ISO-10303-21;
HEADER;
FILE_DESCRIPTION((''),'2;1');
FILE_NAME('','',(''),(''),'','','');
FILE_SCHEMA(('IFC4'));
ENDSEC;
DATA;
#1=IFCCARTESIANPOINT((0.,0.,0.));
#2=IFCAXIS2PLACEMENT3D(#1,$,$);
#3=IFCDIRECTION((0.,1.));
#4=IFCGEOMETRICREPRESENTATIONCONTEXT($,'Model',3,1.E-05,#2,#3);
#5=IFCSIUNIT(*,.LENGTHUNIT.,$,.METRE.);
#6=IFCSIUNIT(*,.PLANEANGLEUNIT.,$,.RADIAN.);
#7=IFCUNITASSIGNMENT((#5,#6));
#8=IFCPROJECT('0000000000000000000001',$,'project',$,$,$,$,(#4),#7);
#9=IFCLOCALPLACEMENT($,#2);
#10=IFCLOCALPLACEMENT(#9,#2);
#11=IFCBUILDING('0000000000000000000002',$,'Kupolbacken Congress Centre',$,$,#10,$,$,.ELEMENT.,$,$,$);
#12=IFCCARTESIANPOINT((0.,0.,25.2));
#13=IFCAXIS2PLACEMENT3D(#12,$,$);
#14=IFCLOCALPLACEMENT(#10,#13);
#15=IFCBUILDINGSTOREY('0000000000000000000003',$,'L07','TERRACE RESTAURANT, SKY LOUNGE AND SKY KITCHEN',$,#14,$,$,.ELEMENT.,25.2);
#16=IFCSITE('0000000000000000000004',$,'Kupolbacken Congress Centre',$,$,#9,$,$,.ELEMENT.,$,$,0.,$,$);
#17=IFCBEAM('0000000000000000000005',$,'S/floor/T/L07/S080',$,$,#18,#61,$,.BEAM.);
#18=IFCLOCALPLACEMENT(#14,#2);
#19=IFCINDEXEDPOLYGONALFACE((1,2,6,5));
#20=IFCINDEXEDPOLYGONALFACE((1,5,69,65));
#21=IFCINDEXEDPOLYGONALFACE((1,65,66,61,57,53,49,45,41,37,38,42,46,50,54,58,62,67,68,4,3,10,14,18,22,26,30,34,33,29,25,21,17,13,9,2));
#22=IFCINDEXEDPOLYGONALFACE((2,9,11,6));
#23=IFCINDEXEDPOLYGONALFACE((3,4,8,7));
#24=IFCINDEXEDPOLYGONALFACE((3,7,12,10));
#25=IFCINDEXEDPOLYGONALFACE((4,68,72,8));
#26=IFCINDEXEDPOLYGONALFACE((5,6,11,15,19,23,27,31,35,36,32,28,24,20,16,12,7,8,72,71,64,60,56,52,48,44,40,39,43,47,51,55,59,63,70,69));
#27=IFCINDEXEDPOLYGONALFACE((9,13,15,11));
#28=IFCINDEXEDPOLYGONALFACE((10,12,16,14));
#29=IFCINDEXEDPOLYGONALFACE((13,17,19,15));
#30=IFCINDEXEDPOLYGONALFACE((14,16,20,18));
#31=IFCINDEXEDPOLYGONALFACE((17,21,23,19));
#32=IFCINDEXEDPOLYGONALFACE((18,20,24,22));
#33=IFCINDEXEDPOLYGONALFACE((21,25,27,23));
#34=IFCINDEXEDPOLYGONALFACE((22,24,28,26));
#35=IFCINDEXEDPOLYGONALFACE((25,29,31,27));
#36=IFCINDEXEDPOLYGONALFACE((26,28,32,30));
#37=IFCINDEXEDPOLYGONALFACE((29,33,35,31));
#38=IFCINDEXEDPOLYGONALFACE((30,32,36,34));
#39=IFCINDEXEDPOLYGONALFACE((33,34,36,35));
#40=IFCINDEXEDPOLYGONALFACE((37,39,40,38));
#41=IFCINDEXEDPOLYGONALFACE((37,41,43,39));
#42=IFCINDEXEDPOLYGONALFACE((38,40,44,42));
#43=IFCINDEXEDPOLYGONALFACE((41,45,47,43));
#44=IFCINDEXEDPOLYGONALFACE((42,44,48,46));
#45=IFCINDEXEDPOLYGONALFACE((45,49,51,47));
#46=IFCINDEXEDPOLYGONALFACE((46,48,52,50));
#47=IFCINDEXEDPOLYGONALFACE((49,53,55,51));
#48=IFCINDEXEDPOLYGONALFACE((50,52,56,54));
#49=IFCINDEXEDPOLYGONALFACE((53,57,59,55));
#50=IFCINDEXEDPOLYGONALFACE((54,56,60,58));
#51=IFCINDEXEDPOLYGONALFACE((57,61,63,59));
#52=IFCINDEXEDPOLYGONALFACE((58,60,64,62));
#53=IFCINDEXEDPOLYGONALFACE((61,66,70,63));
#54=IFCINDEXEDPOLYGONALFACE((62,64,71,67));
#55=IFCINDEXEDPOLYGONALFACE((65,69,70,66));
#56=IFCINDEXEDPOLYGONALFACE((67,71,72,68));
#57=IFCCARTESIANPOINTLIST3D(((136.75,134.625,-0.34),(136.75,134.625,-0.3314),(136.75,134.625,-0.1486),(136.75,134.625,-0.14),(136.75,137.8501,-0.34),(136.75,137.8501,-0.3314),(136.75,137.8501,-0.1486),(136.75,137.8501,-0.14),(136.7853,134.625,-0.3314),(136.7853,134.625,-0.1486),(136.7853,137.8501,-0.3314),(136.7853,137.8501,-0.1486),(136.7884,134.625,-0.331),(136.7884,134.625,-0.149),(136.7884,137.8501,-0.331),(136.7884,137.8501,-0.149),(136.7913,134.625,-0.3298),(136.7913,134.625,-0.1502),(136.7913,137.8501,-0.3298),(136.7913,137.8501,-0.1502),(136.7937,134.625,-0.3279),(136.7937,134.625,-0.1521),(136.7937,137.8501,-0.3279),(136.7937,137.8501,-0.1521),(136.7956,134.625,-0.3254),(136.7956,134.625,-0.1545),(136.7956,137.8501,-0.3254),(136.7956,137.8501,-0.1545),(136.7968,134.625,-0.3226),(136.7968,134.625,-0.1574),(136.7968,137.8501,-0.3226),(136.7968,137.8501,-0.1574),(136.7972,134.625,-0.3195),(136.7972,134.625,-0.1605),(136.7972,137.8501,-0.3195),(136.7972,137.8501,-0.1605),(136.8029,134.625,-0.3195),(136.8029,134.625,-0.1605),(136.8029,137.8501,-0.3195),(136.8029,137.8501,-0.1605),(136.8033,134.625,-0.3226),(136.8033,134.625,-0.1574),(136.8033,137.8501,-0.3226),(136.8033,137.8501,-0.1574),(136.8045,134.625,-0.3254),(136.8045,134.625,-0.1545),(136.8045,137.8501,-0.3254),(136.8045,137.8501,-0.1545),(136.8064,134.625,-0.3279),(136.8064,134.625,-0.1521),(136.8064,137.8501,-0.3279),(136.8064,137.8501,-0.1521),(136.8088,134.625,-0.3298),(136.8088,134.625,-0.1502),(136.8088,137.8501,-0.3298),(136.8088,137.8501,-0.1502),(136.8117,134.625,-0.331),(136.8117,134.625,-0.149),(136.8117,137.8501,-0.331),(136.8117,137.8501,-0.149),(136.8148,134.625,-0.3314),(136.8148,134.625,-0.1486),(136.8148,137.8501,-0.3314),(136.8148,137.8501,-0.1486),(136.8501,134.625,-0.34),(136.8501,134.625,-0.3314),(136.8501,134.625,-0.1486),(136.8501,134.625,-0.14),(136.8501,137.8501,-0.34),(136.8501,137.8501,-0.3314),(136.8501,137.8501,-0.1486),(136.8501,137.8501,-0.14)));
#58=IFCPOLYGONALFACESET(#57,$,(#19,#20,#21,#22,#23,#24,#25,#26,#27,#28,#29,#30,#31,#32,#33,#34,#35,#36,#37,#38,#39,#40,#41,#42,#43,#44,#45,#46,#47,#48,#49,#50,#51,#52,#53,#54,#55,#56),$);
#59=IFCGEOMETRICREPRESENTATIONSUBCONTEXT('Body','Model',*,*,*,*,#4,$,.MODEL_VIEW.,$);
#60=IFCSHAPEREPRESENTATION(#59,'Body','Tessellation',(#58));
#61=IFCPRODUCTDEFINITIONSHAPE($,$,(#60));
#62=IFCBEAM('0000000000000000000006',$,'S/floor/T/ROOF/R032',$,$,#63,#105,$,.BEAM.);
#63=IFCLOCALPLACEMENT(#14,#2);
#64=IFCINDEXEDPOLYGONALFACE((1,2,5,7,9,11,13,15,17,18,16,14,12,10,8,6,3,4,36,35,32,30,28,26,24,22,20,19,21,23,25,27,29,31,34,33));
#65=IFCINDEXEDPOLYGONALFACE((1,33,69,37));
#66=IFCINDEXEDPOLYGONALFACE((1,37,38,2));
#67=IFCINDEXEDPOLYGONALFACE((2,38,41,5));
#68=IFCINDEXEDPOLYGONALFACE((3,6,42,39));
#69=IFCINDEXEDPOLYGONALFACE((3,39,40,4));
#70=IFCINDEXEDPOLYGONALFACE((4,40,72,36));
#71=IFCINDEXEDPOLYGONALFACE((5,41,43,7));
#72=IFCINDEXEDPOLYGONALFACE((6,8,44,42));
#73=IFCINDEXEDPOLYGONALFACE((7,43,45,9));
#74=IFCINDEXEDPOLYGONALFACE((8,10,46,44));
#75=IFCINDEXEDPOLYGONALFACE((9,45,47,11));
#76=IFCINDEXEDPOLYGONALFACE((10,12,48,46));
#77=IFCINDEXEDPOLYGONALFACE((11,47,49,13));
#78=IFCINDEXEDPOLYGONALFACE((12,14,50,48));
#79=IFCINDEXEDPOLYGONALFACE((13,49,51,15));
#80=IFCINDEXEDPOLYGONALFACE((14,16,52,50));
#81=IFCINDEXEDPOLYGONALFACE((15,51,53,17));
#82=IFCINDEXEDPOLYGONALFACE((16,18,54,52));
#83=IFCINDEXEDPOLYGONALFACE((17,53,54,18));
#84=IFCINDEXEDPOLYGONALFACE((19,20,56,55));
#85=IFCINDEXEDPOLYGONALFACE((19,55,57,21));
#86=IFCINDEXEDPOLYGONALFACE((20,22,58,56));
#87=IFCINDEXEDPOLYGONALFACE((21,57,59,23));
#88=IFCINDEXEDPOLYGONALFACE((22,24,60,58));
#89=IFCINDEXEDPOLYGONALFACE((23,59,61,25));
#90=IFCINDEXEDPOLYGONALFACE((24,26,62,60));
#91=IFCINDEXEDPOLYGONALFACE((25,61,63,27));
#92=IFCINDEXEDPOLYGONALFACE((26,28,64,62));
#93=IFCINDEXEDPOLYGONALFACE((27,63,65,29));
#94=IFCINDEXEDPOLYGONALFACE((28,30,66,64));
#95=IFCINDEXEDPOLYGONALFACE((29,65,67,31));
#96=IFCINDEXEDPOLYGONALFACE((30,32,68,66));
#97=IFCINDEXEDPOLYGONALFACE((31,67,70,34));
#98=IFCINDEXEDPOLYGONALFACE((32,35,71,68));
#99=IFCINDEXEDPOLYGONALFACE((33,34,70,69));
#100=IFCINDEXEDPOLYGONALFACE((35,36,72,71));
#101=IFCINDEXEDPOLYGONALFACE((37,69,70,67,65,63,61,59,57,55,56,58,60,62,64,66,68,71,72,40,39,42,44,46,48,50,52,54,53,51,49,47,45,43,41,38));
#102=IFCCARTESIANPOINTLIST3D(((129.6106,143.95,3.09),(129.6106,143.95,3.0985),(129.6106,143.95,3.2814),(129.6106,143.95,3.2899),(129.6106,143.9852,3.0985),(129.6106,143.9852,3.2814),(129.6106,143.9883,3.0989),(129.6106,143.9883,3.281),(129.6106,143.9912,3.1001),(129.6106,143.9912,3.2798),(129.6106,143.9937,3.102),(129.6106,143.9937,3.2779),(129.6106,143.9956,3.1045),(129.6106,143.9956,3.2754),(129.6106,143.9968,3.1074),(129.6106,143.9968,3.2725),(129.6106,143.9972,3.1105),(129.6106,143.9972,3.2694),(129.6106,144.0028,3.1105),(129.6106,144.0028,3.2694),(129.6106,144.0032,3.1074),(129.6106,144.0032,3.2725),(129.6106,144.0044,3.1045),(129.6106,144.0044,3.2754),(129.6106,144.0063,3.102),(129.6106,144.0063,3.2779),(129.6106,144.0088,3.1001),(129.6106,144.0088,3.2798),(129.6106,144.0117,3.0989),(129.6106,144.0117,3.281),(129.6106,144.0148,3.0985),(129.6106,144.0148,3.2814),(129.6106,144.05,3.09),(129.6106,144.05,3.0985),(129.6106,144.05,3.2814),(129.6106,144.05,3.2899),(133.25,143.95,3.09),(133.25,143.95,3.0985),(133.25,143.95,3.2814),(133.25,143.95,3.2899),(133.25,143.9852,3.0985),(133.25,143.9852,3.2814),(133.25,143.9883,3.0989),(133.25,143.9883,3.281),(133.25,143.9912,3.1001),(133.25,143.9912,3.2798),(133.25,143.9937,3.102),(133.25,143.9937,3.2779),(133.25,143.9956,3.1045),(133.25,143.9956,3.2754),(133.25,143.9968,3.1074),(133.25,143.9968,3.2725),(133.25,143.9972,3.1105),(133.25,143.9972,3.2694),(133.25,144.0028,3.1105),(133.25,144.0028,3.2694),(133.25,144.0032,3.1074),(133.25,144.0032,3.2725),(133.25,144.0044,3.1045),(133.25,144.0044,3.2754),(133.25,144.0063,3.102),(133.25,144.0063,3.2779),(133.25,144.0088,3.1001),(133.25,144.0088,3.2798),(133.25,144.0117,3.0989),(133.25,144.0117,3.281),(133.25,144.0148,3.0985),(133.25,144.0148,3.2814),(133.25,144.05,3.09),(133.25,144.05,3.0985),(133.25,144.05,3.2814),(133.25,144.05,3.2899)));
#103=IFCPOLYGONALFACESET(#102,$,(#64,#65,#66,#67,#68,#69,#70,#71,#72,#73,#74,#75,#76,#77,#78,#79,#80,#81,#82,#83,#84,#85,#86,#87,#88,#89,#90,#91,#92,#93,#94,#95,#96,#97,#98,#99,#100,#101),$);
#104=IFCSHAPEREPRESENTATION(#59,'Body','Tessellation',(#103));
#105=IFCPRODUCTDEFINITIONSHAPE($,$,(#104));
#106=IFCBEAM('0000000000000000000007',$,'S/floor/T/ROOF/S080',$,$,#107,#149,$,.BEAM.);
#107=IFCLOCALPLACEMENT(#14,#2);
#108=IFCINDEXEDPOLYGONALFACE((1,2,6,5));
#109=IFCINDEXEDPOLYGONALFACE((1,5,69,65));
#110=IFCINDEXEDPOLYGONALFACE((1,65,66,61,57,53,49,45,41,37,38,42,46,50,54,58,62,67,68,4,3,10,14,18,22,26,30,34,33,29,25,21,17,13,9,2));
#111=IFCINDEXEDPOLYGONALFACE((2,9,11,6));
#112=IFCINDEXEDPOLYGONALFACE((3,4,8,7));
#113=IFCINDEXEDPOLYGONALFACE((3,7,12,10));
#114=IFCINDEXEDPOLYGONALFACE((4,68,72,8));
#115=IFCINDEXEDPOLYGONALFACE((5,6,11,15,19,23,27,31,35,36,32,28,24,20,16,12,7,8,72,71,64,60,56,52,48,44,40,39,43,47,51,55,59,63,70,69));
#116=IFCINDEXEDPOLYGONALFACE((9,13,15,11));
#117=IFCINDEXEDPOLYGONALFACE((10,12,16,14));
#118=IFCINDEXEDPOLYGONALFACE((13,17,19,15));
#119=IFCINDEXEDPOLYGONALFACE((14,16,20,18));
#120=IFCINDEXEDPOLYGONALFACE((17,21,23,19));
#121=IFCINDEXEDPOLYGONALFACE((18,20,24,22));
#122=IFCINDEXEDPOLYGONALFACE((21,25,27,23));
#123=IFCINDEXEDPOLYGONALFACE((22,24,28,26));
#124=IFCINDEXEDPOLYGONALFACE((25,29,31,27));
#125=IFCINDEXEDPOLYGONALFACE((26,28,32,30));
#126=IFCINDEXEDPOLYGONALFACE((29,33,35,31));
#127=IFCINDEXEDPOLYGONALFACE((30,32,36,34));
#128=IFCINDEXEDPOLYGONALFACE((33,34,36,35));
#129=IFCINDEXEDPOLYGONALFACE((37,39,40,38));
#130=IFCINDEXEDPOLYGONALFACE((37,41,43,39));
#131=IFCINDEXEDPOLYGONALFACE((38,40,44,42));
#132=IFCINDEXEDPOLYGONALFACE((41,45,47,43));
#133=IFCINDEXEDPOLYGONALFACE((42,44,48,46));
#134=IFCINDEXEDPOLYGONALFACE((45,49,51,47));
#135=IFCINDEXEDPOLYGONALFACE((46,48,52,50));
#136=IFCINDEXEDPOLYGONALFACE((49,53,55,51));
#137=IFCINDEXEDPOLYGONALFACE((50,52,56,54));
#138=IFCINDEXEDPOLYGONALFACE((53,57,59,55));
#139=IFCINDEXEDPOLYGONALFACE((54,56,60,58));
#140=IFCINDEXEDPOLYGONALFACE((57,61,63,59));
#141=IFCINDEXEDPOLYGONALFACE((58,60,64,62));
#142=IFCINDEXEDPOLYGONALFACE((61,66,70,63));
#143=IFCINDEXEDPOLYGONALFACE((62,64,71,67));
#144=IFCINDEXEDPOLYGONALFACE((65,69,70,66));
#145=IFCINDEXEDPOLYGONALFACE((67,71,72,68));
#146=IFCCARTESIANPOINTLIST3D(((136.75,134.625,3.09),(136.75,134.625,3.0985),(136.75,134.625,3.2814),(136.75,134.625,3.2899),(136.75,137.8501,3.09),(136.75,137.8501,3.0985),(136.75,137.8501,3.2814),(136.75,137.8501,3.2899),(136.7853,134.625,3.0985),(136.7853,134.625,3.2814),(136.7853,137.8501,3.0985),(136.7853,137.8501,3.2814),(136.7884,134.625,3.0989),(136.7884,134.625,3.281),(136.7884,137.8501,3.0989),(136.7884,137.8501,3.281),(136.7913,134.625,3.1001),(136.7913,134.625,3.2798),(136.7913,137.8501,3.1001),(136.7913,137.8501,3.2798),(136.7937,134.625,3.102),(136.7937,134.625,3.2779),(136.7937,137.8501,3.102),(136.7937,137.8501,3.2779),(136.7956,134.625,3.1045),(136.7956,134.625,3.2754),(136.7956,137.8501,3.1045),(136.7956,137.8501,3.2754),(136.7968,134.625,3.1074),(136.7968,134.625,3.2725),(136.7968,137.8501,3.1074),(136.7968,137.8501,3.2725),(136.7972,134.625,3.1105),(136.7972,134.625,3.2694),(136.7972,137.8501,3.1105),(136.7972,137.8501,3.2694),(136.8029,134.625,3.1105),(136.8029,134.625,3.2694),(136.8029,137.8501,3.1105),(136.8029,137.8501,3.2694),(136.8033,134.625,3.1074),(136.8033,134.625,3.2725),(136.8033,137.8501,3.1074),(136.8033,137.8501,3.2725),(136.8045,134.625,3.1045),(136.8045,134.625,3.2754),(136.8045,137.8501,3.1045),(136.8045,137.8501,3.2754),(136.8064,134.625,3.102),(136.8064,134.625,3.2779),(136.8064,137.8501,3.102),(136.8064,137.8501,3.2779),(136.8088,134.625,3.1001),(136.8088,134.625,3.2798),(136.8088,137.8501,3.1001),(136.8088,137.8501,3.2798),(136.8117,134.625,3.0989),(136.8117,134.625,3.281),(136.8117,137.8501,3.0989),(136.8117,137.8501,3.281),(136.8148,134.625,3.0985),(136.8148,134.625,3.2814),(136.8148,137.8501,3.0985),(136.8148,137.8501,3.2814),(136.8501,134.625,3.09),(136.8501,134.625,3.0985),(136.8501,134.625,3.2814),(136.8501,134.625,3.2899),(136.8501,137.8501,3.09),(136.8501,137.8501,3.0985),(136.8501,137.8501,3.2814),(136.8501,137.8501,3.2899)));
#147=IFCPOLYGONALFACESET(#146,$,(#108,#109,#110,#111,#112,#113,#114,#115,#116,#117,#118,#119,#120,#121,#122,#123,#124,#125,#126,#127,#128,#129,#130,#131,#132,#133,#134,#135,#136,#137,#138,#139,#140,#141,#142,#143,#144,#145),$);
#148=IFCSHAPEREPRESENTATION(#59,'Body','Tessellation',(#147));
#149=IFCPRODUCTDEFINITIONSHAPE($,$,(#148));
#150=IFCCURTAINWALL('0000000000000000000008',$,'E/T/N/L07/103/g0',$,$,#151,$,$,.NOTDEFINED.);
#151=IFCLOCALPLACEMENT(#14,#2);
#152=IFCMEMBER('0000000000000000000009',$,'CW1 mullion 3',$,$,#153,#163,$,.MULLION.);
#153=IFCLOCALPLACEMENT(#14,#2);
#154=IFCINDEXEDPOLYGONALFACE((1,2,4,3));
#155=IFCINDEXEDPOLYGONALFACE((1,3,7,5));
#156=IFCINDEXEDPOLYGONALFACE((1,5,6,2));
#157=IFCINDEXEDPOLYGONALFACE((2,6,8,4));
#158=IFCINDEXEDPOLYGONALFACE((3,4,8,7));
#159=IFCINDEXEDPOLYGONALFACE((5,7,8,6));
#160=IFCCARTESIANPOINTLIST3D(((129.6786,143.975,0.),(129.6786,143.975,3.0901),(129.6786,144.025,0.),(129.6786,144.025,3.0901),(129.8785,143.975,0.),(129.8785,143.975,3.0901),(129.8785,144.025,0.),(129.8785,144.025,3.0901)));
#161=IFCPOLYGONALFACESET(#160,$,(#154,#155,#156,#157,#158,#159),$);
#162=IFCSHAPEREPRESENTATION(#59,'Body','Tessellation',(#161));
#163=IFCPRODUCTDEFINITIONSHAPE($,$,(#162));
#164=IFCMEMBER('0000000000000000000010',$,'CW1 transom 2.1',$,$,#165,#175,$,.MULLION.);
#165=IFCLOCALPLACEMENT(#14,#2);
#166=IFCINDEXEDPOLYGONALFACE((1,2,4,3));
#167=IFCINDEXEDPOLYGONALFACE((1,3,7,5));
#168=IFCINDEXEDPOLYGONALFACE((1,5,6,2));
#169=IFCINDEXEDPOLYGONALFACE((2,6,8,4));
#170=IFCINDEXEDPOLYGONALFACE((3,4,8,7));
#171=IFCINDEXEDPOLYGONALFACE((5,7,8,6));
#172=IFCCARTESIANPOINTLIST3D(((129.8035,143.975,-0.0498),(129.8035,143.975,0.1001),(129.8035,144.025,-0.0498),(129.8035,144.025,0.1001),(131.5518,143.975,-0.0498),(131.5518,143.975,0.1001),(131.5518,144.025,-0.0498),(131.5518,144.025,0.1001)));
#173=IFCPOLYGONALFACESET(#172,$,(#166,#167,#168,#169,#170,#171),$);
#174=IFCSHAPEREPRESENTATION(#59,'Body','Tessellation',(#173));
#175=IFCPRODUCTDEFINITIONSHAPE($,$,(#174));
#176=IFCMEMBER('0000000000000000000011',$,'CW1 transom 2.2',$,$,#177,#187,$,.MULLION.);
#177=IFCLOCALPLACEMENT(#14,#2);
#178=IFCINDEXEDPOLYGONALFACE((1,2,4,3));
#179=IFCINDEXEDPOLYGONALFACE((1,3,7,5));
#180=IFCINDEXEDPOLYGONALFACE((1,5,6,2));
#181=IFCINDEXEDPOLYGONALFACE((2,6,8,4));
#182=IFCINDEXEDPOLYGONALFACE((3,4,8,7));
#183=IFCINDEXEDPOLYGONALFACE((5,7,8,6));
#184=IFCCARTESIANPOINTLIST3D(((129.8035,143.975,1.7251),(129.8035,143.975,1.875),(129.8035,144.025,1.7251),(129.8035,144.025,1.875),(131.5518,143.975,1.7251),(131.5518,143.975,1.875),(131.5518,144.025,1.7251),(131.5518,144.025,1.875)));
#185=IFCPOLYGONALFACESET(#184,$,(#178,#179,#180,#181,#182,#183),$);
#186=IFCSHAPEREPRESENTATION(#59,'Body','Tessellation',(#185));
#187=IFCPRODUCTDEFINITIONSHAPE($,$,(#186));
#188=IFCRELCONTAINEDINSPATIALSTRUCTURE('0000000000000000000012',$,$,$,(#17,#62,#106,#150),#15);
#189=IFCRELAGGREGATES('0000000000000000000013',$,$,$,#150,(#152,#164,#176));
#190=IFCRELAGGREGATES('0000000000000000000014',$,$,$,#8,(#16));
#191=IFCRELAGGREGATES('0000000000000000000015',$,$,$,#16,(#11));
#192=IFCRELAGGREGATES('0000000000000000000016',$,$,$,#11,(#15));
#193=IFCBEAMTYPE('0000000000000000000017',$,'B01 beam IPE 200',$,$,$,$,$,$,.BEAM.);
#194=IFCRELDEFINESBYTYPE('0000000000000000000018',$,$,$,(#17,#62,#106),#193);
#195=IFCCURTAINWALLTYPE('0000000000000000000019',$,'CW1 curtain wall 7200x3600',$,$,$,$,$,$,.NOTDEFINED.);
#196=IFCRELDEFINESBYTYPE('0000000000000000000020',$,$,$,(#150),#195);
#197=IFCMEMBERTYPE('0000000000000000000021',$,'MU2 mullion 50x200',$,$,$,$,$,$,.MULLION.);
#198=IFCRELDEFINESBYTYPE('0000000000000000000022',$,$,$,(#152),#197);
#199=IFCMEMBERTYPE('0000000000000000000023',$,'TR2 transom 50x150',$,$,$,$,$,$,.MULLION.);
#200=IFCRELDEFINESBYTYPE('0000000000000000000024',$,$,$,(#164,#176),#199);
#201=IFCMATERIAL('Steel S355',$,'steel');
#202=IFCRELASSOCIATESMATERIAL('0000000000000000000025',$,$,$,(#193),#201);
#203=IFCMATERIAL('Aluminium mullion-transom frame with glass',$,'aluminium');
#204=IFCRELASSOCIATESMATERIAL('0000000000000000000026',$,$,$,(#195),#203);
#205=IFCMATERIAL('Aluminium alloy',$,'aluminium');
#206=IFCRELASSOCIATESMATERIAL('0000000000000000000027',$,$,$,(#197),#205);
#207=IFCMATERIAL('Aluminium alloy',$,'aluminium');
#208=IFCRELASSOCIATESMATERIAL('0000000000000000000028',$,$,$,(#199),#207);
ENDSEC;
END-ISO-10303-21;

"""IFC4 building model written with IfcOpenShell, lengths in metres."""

from ifc_helpers import new_model, si_unit, direction, frame, origin, origin_2d, place, context, subcontext, project, spatial, rectangle, i_section, extrude, material, material_profile, profile_set, type_object, element, aggregate, save


model = new_model("IFC4")

# Units and contexts
model_context = context("Model", 3, precision=1e-05, world=origin(), true_north=direction((0.0, 1.0)))
body_context = subcontext(model_context, "Body", "Model", "MODEL_VIEW")
ifc_project = project(units=[si_unit("LENGTHUNIT", "METRE"), si_unit("PLANEANGLEUNIT", "RADIAN")], contexts=[model_context])

# Site, building, storey
site_placement = place(None, origin())
site = spatial("IfcSite", under=ifc_project, at=site_placement, Name="Kupolbacken Congress Centre", CompositionType="ELEMENT", RefElevation=0.0)
building_placement = place(site_placement, origin())
building = spatial("IfcBuilding", under=site, at=building_placement, Name="Kupolbacken Congress Centre", CompositionType="ELEMENT")
storey_placement = place(building_placement, frame((0.0, 0.0, 25.2)))
storey = spatial("IfcBuildingStorey", under=building, at=storey_placement, Name="L07", Description="TERRACE RESTAURANT, SKY LOUNGE AND SKY KITCHEN", CompositionType="ELEMENT", Elevation=25.2)

# Beams
ifc_material_1 = material(Name="Steel S355", Category="steel")
ifc_material_profile_1 = material_profile(ifc_material_1, i_section(OverallWidth=0.1001, OverallDepth=0.2, WebThickness=0.0056, FlangeThickness=0.0085, FilletRadius=0.012, at=origin_2d()), Name="IPE 200")
ifc_profile_set_1 = profile_set([ifc_material_profile_1], Name="Steel S355")
beam_type = type_object("IfcBeamType", Name="B01 beam IPE 200", PredefinedType="BEAM", material=ifc_profile_set_1)
beam_1_placement = place(storey_placement, frame((136.8, 134.625, -0.24), z_axis=(0.0, 1.0, 0.0), x_axis=(-1.0, 0.0, 0.0)))
element("IfcBeam", 1, at=beam_1_placement, inside=storey, type_object=beam_type, Name="S/floor/T/L07/S080", PredefinedType="BEAM", context=body_context, shape_type="SweptSolid", body=[
    extrude(i_section(OverallWidth=0.1001, OverallDepth=0.2, WebThickness=0.0056, FlangeThickness=0.0085, FilletRadius=0.012, at=origin_2d()), origin(), (0.0, 0.0, 1.0), 3.2251),
])
beam_2_placement = place(storey_placement, frame((129.6106, 144.0, 3.1899), z_axis=(1.0, 0.0, 0.0), x_axis=(0.0, 1.0, 0.0)))
element("IfcBeam", 2, at=beam_2_placement, inside=storey, type_object=beam_type, Name="S/floor/T/ROOF/R032", PredefinedType="BEAM", context=body_context, shape_type="SweptSolid", body=[
    extrude(i_section(OverallWidth=0.1001, OverallDepth=0.2, WebThickness=0.0056, FlangeThickness=0.0085, FilletRadius=0.012, at=origin_2d()), origin(), (0.0, 0.0, 1.0), 3.6394),
])
beam_3_placement = place(storey_placement, frame((136.8, 134.625, 3.1899), z_axis=(0.0, 1.0, 0.0), x_axis=(-1.0, 0.0, 0.0)))
element("IfcBeam", 3, at=beam_3_placement, inside=storey, type_object=beam_type, Name="S/floor/T/ROOF/S080", PredefinedType="BEAM", context=body_context, shape_type="SweptSolid", body=[
    extrude(i_section(OverallWidth=0.1001, OverallDepth=0.2, WebThickness=0.0056, FlangeThickness=0.0085, FilletRadius=0.012, at=origin_2d()), origin(), (0.0, 0.0, 1.0), 3.2251),
])

# Curtain wall, members
ifc_material_2 = material(Name="Aluminium mullion-transom frame with glass", Category="aluminium")
curtain_wall_type = type_object("IfcCurtainWallType", Name="CW1 curtain wall 7200x3600", PredefinedType="NOTDEFINED", material=ifc_material_2)
curtain_wall_placement = place(storey_placement, origin())
curtain_wall = element("IfcCurtainWall", 4, at=curtain_wall_placement, inside=storey, type_object=curtain_wall_type, Name="E/T/N/L07/103/g0", PredefinedType="NOTDEFINED")
ifc_material_3 = material(Name="Aluminium alloy", Category="aluminium")
ifc_material_profile_2 = material_profile(ifc_material_3, rectangle(XDim=0.05, YDim=0.2, at=origin_2d()), Name="50 x 200")
ifc_profile_set_2 = profile_set([ifc_material_profile_2], Name="Aluminium alloy")
member_type_1 = type_object("IfcMemberType", Name="MU2 mullion 50x200", PredefinedType="MULLION", material=ifc_profile_set_2)
member_1_placement = place(storey_placement, frame((129.7786, 144.0, 0.0), z_axis=(0.0, 0.0, 1.0), x_axis=(0.0, -1.0, 0.0)))
member_1 = element("IfcMember", 5, at=member_1_placement, type_object=member_type_1, Name="CW1 mullion 3", PredefinedType="MULLION", context=body_context, shape_type="SweptSolid", body=[
    extrude(rectangle(XDim=0.05, YDim=0.2, at=origin_2d()), origin(), (0.0, 0.0, 1.0), 3.0901),
])
ifc_material_4 = material(Name="Aluminium alloy", Category="aluminium")
ifc_material_profile_3 = material_profile(ifc_material_4, rectangle(XDim=0.05, YDim=0.1499, at=origin_2d()), Name="50 x 150")
ifc_profile_set_3 = profile_set([ifc_material_profile_3], Name="Aluminium alloy")
member_type_2 = type_object("IfcMemberType", Name="TR2 transom 50x150", PredefinedType="MULLION", material=ifc_profile_set_3)
member_2_placement = place(storey_placement, frame((131.5518, 144.0, 0.0251), z_axis=(-1.0, 0.0, 0.0), x_axis=(0.0, -1.0, 0.0)))
member_2 = element("IfcMember", 6, at=member_2_placement, type_object=member_type_2, Name="CW1 transom 2.1", PredefinedType="MULLION", context=body_context, shape_type="SweptSolid", body=[
    extrude(rectangle(XDim=0.05, YDim=0.1499, at=origin_2d()), origin(), (0.0, 0.0, 1.0), 1.7483),
])
member_3_placement = place(storey_placement, frame((131.5518, 144.0, 1.8), z_axis=(-1.0, 0.0, 0.0), x_axis=(0.0, -1.0, 0.0)))
member_3 = element("IfcMember", 7, at=member_3_placement, type_object=member_type_2, Name="CW1 transom 2.2", PredefinedType="MULLION", context=body_context, shape_type="SweptSolid", body=[
    extrude(rectangle(XDim=0.05, YDim=0.1499, at=origin_2d()), origin(), (0.0, 0.0, 1.0), 1.7483),
])
aggregate(curtain_wall, [member_1, member_2, member_3])

save(model, "model.ifc")
